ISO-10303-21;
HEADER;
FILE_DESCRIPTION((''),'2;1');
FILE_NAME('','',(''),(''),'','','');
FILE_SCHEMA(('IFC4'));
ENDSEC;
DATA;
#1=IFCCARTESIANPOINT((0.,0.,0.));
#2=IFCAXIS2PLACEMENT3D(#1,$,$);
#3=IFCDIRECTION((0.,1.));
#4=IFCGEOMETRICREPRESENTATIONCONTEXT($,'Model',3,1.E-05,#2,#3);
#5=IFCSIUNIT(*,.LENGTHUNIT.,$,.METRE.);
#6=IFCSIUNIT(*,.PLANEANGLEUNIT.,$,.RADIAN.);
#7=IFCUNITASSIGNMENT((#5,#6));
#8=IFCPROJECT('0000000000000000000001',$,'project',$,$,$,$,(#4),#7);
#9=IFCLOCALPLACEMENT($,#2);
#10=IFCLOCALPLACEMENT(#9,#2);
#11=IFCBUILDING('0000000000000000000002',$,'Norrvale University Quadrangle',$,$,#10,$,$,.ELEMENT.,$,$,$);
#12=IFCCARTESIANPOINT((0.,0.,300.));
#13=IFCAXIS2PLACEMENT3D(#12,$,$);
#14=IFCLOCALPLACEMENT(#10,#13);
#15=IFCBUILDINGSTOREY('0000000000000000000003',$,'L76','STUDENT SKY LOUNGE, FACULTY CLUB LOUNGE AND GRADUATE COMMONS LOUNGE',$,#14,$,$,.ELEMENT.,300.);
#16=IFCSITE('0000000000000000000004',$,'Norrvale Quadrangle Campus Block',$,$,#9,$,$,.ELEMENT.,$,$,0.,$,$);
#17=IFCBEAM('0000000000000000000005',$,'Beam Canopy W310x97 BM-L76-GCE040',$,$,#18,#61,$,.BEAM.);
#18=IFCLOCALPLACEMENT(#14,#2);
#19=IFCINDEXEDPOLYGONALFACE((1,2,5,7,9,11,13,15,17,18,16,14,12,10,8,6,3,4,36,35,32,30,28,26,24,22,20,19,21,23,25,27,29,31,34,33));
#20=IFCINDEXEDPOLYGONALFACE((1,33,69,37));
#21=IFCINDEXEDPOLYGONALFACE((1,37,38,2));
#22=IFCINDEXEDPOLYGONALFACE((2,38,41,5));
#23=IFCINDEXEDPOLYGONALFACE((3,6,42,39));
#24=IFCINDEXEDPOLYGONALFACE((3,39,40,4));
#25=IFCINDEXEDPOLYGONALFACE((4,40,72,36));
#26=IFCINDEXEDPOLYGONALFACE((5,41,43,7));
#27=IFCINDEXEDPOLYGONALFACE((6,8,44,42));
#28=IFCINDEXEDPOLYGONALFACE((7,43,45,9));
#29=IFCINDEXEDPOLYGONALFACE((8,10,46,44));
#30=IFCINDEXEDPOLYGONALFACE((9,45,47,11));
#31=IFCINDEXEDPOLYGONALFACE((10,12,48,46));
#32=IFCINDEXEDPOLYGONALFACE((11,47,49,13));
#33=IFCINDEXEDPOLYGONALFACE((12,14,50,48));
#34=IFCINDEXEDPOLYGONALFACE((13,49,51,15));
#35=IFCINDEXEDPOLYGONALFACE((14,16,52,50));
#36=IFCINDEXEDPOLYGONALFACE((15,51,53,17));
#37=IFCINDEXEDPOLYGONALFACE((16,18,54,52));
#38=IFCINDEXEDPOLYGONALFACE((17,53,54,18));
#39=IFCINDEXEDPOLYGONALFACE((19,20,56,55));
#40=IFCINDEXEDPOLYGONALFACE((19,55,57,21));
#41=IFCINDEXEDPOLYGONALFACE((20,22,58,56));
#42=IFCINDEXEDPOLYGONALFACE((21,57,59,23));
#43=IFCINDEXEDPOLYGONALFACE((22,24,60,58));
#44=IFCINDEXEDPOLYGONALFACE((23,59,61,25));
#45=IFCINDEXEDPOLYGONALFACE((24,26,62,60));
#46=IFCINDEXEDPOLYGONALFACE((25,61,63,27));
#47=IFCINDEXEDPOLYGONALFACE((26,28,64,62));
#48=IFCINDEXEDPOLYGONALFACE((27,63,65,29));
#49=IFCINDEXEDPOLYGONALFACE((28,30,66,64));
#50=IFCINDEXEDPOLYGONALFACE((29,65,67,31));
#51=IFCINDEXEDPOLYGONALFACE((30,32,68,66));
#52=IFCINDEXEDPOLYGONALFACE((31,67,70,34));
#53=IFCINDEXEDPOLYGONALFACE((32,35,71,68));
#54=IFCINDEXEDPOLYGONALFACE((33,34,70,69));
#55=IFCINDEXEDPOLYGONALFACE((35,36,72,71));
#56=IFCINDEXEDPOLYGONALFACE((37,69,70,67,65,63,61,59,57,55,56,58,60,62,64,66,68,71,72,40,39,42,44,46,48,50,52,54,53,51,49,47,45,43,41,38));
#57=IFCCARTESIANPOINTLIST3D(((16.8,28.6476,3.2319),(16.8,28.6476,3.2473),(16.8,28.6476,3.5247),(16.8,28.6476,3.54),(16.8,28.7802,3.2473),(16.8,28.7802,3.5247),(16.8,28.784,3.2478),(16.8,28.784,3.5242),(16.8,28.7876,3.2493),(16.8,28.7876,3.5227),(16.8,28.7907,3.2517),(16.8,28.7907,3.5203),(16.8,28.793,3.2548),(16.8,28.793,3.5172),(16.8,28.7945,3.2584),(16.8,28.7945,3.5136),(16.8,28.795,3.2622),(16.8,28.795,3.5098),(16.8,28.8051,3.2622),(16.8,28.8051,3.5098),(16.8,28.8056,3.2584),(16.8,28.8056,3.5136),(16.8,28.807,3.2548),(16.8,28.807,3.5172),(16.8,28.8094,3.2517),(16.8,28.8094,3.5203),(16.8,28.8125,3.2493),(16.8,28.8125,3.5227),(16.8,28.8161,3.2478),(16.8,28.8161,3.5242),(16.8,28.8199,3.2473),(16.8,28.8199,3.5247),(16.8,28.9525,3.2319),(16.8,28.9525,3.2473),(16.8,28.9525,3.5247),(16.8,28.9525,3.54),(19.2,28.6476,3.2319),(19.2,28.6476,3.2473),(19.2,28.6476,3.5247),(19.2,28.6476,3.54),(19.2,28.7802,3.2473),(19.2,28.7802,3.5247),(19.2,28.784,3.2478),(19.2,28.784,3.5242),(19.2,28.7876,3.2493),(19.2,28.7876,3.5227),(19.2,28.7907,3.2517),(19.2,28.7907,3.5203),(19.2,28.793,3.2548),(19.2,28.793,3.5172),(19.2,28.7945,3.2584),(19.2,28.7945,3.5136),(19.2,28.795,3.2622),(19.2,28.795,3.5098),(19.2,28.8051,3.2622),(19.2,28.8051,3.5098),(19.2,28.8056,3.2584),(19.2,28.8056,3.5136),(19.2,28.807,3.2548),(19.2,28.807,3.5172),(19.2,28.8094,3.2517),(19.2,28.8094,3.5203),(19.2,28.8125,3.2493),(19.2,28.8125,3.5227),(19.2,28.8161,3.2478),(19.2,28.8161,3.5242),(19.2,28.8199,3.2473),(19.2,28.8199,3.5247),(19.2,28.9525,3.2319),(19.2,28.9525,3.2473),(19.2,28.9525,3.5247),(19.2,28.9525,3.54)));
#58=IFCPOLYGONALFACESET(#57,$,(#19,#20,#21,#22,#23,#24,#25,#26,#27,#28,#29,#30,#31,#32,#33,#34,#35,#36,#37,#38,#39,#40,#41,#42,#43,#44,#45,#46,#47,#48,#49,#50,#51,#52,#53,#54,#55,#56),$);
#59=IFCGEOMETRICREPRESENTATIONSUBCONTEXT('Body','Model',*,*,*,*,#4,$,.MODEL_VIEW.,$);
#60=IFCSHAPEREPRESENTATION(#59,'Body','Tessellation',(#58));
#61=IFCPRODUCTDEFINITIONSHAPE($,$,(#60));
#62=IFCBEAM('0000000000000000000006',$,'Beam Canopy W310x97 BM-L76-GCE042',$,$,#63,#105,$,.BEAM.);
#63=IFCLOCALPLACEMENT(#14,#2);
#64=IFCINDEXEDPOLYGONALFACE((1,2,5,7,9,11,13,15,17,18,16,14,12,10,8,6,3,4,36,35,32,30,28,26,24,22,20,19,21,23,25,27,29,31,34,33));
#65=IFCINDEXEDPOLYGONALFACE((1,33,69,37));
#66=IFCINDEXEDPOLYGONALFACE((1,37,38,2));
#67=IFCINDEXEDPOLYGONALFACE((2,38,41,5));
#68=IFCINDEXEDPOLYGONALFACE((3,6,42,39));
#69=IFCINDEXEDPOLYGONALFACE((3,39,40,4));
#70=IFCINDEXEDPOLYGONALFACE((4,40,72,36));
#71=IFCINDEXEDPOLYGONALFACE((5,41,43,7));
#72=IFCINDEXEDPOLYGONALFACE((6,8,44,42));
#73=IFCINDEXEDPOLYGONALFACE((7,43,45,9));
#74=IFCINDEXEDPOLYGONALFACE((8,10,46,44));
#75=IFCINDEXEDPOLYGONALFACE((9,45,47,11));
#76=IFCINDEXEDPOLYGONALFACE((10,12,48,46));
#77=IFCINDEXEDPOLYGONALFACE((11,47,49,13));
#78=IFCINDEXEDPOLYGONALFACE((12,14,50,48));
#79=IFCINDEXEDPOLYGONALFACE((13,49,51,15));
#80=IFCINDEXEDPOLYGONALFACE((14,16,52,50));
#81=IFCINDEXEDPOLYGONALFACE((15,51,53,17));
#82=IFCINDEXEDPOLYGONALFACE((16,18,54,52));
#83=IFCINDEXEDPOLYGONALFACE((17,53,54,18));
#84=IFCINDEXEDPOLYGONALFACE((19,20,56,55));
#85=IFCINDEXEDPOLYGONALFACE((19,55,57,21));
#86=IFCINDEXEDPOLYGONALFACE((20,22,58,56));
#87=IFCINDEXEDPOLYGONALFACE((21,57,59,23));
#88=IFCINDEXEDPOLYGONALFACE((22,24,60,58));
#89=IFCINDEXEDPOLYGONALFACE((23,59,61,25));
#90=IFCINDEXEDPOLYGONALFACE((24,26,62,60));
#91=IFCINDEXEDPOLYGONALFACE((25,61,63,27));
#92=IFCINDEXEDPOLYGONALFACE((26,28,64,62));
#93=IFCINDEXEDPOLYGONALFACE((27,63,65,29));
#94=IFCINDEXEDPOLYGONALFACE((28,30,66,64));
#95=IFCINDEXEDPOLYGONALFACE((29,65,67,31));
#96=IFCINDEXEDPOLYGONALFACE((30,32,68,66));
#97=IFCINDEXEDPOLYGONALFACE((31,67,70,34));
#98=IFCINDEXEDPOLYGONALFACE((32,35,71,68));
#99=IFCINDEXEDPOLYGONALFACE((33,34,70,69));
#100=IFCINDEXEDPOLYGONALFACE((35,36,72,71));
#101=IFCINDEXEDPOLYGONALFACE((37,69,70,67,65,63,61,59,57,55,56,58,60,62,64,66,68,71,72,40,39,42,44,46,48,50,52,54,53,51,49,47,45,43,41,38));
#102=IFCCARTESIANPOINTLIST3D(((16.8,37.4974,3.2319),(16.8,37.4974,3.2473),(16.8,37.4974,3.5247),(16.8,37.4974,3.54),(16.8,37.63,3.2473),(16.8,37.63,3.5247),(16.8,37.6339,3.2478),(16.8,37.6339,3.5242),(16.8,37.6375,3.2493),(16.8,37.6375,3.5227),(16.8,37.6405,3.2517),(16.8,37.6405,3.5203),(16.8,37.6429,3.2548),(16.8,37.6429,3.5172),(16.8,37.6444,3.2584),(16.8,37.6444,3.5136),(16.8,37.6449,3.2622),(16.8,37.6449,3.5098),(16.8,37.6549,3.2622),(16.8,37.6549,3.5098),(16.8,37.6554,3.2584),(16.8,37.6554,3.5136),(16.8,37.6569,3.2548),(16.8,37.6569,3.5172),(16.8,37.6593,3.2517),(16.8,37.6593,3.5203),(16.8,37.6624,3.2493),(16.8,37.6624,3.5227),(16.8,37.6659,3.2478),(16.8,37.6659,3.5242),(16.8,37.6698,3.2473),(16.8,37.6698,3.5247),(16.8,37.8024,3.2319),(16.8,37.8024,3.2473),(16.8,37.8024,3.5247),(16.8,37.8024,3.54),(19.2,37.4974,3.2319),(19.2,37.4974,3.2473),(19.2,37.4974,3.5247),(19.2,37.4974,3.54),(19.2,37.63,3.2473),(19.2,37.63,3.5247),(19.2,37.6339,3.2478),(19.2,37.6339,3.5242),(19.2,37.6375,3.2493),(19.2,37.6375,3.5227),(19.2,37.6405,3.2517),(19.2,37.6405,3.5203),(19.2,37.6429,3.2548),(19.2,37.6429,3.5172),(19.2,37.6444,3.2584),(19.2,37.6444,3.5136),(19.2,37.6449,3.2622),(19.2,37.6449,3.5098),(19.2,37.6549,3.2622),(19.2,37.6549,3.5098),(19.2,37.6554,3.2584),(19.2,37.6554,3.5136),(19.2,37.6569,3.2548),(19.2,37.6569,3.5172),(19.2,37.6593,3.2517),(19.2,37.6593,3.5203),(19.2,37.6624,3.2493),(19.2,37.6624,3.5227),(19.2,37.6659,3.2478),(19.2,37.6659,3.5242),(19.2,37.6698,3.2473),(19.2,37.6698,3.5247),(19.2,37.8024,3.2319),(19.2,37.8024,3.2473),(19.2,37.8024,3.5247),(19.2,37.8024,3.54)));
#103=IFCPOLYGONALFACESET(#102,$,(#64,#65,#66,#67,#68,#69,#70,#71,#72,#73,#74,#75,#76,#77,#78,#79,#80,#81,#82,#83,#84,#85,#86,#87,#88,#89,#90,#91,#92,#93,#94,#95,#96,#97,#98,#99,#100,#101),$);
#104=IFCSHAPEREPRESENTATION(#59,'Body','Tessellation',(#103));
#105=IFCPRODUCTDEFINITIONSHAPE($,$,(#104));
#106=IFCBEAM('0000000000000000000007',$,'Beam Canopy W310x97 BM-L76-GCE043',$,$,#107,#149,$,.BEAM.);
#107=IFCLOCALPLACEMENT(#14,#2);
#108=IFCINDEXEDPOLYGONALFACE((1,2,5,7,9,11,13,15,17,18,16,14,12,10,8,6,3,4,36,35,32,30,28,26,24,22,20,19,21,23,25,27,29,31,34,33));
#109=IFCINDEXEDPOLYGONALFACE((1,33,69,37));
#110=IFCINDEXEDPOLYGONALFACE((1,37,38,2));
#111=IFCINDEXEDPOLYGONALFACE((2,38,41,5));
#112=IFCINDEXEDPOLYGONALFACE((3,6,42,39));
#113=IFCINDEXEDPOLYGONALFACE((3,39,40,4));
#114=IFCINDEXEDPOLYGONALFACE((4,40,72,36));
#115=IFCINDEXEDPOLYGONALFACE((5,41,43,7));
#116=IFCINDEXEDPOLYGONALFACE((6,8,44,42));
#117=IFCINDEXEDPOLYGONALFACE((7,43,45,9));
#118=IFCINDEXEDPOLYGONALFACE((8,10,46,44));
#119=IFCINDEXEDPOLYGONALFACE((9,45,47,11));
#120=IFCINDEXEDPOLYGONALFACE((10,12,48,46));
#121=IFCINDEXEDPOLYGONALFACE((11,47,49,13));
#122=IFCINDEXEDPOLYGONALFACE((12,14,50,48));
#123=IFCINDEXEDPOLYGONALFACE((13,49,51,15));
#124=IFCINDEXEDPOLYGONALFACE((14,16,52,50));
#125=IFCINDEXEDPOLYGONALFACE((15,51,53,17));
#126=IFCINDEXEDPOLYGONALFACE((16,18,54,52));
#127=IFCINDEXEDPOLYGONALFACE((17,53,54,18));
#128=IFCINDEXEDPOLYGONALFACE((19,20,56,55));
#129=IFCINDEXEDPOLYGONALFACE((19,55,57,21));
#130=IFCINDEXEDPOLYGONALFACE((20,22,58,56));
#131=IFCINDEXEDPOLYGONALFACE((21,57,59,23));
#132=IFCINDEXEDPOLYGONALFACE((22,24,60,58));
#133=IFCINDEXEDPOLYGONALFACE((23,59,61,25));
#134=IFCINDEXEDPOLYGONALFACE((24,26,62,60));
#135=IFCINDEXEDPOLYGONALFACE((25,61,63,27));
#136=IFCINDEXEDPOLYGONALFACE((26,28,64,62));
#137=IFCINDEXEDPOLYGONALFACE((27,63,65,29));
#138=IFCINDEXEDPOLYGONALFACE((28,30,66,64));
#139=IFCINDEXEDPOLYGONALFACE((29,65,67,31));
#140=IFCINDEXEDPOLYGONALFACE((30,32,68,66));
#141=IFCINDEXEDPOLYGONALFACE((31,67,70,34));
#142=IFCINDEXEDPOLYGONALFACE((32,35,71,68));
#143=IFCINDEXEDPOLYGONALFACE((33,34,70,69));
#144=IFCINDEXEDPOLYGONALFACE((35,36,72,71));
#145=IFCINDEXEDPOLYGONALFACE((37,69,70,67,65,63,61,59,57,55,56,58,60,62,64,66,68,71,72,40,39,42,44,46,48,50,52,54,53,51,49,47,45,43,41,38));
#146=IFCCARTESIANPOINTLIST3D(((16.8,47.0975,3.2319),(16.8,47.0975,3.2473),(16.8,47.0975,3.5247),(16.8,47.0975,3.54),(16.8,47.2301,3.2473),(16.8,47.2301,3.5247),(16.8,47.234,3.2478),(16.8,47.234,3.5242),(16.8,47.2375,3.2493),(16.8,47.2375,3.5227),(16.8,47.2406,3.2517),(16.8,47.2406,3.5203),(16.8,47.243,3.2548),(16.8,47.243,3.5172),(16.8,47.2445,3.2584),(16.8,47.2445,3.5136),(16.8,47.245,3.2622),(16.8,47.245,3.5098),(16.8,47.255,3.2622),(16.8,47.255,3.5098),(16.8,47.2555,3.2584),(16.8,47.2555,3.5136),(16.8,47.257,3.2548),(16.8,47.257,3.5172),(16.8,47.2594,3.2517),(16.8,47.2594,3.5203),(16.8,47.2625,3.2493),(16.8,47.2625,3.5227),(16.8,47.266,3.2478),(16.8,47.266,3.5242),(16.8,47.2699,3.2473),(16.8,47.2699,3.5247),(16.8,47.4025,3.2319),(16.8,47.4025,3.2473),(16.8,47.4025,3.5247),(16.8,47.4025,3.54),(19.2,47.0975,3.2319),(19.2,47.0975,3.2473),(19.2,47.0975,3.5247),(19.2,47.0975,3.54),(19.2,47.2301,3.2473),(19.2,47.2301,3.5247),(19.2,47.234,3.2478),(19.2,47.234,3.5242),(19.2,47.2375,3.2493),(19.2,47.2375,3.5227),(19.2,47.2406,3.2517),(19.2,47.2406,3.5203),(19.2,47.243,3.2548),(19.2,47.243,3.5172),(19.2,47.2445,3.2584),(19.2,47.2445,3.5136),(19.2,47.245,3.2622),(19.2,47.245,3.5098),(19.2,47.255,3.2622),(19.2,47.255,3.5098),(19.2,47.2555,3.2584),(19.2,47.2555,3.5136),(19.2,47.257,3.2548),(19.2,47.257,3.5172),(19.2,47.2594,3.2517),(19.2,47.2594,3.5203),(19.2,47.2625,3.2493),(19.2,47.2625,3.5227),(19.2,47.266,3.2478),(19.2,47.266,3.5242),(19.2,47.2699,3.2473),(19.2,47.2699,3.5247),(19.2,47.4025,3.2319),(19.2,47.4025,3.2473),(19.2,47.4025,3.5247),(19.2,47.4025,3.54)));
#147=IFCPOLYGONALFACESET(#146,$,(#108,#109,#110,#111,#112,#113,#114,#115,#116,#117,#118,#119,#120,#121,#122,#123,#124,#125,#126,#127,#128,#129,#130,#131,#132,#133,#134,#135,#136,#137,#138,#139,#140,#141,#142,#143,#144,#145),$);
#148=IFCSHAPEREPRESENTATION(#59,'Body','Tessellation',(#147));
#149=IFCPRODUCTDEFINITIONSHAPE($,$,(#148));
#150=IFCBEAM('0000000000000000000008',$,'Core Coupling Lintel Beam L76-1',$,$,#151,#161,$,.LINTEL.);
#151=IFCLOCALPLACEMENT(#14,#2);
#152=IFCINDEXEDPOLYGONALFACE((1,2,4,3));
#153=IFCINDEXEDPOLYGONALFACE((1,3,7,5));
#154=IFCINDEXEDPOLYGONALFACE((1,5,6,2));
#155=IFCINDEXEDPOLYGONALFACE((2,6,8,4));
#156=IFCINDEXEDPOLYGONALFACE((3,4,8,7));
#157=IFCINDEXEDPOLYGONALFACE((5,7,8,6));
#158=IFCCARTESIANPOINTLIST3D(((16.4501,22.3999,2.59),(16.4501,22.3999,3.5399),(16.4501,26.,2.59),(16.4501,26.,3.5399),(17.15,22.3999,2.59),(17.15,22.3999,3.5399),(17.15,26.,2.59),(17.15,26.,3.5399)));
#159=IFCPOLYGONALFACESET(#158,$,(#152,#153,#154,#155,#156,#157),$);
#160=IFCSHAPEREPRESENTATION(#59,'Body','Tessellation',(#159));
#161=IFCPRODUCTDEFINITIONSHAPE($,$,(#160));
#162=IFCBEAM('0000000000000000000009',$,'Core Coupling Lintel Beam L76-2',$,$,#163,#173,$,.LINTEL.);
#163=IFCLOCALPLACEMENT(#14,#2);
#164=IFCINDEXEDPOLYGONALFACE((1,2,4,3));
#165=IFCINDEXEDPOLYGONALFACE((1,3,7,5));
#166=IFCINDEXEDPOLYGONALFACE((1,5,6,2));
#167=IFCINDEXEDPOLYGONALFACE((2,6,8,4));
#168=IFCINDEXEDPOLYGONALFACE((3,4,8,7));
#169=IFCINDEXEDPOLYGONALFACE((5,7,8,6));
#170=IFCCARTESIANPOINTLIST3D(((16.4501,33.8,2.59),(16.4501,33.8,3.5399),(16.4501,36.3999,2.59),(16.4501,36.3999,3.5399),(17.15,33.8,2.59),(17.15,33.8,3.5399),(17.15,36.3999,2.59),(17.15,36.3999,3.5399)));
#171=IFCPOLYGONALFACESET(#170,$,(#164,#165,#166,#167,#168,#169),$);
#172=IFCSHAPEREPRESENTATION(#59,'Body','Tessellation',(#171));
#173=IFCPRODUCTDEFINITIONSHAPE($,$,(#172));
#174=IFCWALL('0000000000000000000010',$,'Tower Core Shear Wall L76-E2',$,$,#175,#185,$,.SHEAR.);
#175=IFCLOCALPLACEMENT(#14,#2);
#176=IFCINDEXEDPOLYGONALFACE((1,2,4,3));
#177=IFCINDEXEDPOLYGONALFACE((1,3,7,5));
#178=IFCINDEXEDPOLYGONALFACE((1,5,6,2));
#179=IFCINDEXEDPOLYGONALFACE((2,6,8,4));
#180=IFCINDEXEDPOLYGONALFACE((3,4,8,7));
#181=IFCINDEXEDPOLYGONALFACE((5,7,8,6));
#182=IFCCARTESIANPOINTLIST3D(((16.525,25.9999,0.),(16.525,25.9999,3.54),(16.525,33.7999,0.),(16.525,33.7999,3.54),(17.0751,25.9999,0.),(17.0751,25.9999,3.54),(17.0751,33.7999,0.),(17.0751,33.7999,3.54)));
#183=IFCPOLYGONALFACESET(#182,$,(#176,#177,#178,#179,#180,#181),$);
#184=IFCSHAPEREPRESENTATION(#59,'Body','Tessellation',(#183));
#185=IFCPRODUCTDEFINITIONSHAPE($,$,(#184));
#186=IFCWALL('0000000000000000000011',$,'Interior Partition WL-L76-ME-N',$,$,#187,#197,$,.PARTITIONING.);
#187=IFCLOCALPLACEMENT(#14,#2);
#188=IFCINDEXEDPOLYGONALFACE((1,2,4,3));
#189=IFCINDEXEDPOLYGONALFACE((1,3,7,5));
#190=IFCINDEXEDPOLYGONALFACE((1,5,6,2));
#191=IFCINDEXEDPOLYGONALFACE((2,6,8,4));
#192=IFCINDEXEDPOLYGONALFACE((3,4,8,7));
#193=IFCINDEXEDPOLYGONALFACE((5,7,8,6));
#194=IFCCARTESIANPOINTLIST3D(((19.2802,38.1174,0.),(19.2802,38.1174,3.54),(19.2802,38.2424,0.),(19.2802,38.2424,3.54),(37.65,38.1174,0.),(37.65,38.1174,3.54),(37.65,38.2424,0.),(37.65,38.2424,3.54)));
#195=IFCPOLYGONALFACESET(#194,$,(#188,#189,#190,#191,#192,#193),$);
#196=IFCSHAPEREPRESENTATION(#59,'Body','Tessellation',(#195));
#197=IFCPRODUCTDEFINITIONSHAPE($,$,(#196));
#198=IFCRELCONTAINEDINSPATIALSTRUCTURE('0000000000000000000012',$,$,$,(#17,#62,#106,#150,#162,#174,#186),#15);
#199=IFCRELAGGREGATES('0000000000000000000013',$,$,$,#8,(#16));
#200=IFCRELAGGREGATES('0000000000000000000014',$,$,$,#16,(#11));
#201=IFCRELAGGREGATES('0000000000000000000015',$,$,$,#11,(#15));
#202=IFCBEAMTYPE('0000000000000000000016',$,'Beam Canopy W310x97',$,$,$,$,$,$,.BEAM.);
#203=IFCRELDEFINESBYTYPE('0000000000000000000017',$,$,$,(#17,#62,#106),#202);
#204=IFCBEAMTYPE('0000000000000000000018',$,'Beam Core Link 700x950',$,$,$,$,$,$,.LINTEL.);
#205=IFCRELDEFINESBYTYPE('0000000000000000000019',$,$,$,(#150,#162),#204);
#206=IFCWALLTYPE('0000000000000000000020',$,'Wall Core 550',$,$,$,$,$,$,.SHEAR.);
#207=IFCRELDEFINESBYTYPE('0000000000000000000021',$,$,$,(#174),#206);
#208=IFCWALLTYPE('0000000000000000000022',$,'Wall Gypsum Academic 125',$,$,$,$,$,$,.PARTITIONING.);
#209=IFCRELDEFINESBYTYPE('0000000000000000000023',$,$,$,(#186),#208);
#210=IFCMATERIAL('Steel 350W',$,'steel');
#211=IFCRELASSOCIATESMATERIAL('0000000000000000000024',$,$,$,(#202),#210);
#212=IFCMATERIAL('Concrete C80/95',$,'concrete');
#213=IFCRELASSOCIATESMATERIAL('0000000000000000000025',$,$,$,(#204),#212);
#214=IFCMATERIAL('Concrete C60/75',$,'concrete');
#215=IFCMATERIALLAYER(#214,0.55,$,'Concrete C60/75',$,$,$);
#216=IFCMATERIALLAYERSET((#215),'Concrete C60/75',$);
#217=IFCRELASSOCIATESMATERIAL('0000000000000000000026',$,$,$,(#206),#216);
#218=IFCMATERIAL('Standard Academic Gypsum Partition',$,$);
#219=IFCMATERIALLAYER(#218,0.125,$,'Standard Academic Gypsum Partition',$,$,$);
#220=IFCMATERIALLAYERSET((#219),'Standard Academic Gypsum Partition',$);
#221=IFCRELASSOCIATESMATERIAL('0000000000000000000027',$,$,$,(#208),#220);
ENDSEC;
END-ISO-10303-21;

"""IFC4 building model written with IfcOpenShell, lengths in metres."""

from ifc_helpers import new_model, si_unit, direction, frame, frame_2d, origin, origin_2d, place, context, subcontext, project, spatial, rectangle, i_section, extrude, material, layer, layer_set, material_profile, profile_set, type_object, element, save


model = new_model("IFC4")

# Units and contexts
model_context = context("Model", 3, precision=1e-05, world=origin(), true_north=direction((0.0, 1.0)))
body_context = subcontext(model_context, "Body", "Model", "MODEL_VIEW")
ifc_project = project(units=[si_unit("LENGTHUNIT", "METRE"), si_unit("PLANEANGLEUNIT", "RADIAN")], contexts=[model_context])

# Site, building, storey
site_placement = place(None, origin())
site = spatial("IfcSite", under=ifc_project, at=site_placement, Name="Norrvale Quadrangle Campus Block", CompositionType="ELEMENT", RefElevation=0.0)
building_placement = place(site_placement, origin())
building = spatial("IfcBuilding", under=site, at=building_placement, Name="Norrvale University Quadrangle", CompositionType="ELEMENT")
storey_placement = place(building_placement, frame((0.0, 0.0, 300.0)))
storey = spatial("IfcBuildingStorey", under=building, at=storey_placement, Name="L76", Description="STUDENT SKY LOUNGE, FACULTY CLUB LOUNGE AND GRADUATE COMMONS LOUNGE", CompositionType="ELEMENT", Elevation=300.0)

# Shared definitions
ifc_material_1 = material(Name="Concrete C60/75", Category="concrete")

# Beams
ifc_material_2 = material(Name="Steel 350W", Category="steel")
ifc_material_profile_1 = material_profile(ifc_material_2, i_section(OverallWidth=0.3049, OverallDepth=0.3081, WebThickness=0.01, FlangeThickness=0.0154, FilletRadius=0.0149, at=origin_2d()), Name="Steel 350W")
ifc_profile_set_1 = profile_set([ifc_material_profile_1], Name="Steel 350W")
beam_type_1 = type_object("IfcBeamType", Name="Beam Canopy W310x97", PredefinedType="BEAM", material=ifc_profile_set_1)
for number, where, z_axis, x_axis, name in (
    (1, (16.8, 28.8, 3.386), (1.0, 0.0, 0.0), (0.0, 1.0, 0.0), "Beam Canopy W310x97 BM-L76-GCE040"),
    (2, (16.8, 37.6499, 3.386), (1.0, 0.0, 0.0), (0.0, 1.0, 0.0), "Beam Canopy W310x97 BM-L76-GCE042"),
    (3, (16.8, 47.25, 3.386), (1.0, 0.0, 0.0), (0.0, 1.0, 0.0), "Beam Canopy W310x97 BM-L76-GCE043"),
):
    element("IfcBeam", number, at=place(storey_placement, frame(where, z_axis=z_axis, x_axis=x_axis)), inside=storey, type_object=beam_type_1, Name=name, PredefinedType="BEAM", context=body_context, shape_type="SweptSolid", body=[
        extrude(i_section(OverallWidth=0.3049, OverallDepth=0.3081, WebThickness=0.01, FlangeThickness=0.0154, FilletRadius=0.0149, at=origin_2d()), origin(), (0.0, 0.0, 1.0), 2.3999),
    ])
ifc_material_3 = material(Name="Concrete C80/95", Category="concrete")
ifc_material_profile_2 = material_profile(ifc_material_3, rectangle(XDim=0.7, YDim=0.95, at=origin_2d()), Name="Concrete C80/95")
ifc_profile_set_2 = profile_set([ifc_material_profile_2], Name="Concrete C80/95")
beam_type_2 = type_object("IfcBeamType", Name="Beam Core Link 700x950", PredefinedType="LINTEL", material=ifc_profile_set_2)
beam_1_placement = place(storey_placement, frame((16.8, 22.3999, 3.0649), z_axis=(0.0, 1.0, 0.0), x_axis=(-1.0, 0.0, 0.0)))
element("IfcBeam", 4, at=beam_1_placement, inside=storey, type_object=beam_type_2, Name="Core Coupling Lintel Beam L76-1", PredefinedType="LINTEL", context=body_context, shape_type="SweptSolid", body=[
    extrude(rectangle(XDim=0.7, YDim=0.95, at=origin_2d()), origin(), (0.0, 0.0, 1.0), 3.6001),
])
beam_2_placement = place(storey_placement, frame((16.8, 33.8, 3.0649), z_axis=(0.0, 1.0, 0.0), x_axis=(-1.0, 0.0, 0.0)))
element("IfcBeam", 5, at=beam_2_placement, inside=storey, type_object=beam_type_2, Name="Core Coupling Lintel Beam L76-2", PredefinedType="LINTEL", context=body_context, shape_type="SweptSolid", body=[
    extrude(rectangle(XDim=0.7, YDim=0.95, at=origin_2d()), origin(), (0.0, 0.0, 1.0), 2.5999),
])

# Wall
ifc_layer_1 = layer(ifc_material_1, 0.55, Name="Concrete C60/75")
ifc_layer_set_1 = layer_set([ifc_layer_1], Name="Concrete C60/75")
wall_type_1 = type_object("IfcWallType", Name="Wall Core 550", PredefinedType="SHEAR", material=ifc_layer_set_1)
wall_1_placement = place(storey_placement, frame((16.8, 26.0, 0.0), z_axis=(0.0, 0.0, 1.0), x_axis=(0.0, 1.0, 0.0)))
element("IfcWall", 6, at=wall_1_placement, inside=storey, type_object=wall_type_1, Name="Tower Core Shear Wall L76-E2", PredefinedType="SHEAR", context=body_context, shape_type="SweptSolid", body=[
    extrude(rectangle(XDim=7.8, YDim=0.55, at=frame_2d((3.8999, 0.0))), origin(), (0.0, 0.0, 1.0), 3.54),
])

# Wall
ifc_material_4 = material(Name="Standard Academic Gypsum Partition")
ifc_layer_2 = layer(ifc_material_4, 0.125, Name="Standard Academic Gypsum Partition")
ifc_layer_set_2 = layer_set([ifc_layer_2], Name="Standard Academic Gypsum Partition")
wall_type_2 = type_object("IfcWallType", Name="Wall Gypsum Academic 125", PredefinedType="PARTITIONING", material=ifc_layer_set_2)
wall_2_placement = place(storey_placement, frame((19.28, 38.1799, 0.0), z_axis=(0.0, 0.0, 1.0), x_axis=(1.0, 0.0, 0.0)))
element("IfcWall", 7, at=wall_2_placement, inside=storey, type_object=wall_type_2, Name="Interior Partition WL-L76-ME-N", PredefinedType="PARTITIONING", context=body_context, shape_type="SweptSolid", body=[
    extrude(rectangle(XDim=18.3699, YDim=0.125, at=frame_2d((9.1851, 0.0))), origin(), (0.0, 0.0, 1.0), 3.54),
])

save(model, "model.ifc")
